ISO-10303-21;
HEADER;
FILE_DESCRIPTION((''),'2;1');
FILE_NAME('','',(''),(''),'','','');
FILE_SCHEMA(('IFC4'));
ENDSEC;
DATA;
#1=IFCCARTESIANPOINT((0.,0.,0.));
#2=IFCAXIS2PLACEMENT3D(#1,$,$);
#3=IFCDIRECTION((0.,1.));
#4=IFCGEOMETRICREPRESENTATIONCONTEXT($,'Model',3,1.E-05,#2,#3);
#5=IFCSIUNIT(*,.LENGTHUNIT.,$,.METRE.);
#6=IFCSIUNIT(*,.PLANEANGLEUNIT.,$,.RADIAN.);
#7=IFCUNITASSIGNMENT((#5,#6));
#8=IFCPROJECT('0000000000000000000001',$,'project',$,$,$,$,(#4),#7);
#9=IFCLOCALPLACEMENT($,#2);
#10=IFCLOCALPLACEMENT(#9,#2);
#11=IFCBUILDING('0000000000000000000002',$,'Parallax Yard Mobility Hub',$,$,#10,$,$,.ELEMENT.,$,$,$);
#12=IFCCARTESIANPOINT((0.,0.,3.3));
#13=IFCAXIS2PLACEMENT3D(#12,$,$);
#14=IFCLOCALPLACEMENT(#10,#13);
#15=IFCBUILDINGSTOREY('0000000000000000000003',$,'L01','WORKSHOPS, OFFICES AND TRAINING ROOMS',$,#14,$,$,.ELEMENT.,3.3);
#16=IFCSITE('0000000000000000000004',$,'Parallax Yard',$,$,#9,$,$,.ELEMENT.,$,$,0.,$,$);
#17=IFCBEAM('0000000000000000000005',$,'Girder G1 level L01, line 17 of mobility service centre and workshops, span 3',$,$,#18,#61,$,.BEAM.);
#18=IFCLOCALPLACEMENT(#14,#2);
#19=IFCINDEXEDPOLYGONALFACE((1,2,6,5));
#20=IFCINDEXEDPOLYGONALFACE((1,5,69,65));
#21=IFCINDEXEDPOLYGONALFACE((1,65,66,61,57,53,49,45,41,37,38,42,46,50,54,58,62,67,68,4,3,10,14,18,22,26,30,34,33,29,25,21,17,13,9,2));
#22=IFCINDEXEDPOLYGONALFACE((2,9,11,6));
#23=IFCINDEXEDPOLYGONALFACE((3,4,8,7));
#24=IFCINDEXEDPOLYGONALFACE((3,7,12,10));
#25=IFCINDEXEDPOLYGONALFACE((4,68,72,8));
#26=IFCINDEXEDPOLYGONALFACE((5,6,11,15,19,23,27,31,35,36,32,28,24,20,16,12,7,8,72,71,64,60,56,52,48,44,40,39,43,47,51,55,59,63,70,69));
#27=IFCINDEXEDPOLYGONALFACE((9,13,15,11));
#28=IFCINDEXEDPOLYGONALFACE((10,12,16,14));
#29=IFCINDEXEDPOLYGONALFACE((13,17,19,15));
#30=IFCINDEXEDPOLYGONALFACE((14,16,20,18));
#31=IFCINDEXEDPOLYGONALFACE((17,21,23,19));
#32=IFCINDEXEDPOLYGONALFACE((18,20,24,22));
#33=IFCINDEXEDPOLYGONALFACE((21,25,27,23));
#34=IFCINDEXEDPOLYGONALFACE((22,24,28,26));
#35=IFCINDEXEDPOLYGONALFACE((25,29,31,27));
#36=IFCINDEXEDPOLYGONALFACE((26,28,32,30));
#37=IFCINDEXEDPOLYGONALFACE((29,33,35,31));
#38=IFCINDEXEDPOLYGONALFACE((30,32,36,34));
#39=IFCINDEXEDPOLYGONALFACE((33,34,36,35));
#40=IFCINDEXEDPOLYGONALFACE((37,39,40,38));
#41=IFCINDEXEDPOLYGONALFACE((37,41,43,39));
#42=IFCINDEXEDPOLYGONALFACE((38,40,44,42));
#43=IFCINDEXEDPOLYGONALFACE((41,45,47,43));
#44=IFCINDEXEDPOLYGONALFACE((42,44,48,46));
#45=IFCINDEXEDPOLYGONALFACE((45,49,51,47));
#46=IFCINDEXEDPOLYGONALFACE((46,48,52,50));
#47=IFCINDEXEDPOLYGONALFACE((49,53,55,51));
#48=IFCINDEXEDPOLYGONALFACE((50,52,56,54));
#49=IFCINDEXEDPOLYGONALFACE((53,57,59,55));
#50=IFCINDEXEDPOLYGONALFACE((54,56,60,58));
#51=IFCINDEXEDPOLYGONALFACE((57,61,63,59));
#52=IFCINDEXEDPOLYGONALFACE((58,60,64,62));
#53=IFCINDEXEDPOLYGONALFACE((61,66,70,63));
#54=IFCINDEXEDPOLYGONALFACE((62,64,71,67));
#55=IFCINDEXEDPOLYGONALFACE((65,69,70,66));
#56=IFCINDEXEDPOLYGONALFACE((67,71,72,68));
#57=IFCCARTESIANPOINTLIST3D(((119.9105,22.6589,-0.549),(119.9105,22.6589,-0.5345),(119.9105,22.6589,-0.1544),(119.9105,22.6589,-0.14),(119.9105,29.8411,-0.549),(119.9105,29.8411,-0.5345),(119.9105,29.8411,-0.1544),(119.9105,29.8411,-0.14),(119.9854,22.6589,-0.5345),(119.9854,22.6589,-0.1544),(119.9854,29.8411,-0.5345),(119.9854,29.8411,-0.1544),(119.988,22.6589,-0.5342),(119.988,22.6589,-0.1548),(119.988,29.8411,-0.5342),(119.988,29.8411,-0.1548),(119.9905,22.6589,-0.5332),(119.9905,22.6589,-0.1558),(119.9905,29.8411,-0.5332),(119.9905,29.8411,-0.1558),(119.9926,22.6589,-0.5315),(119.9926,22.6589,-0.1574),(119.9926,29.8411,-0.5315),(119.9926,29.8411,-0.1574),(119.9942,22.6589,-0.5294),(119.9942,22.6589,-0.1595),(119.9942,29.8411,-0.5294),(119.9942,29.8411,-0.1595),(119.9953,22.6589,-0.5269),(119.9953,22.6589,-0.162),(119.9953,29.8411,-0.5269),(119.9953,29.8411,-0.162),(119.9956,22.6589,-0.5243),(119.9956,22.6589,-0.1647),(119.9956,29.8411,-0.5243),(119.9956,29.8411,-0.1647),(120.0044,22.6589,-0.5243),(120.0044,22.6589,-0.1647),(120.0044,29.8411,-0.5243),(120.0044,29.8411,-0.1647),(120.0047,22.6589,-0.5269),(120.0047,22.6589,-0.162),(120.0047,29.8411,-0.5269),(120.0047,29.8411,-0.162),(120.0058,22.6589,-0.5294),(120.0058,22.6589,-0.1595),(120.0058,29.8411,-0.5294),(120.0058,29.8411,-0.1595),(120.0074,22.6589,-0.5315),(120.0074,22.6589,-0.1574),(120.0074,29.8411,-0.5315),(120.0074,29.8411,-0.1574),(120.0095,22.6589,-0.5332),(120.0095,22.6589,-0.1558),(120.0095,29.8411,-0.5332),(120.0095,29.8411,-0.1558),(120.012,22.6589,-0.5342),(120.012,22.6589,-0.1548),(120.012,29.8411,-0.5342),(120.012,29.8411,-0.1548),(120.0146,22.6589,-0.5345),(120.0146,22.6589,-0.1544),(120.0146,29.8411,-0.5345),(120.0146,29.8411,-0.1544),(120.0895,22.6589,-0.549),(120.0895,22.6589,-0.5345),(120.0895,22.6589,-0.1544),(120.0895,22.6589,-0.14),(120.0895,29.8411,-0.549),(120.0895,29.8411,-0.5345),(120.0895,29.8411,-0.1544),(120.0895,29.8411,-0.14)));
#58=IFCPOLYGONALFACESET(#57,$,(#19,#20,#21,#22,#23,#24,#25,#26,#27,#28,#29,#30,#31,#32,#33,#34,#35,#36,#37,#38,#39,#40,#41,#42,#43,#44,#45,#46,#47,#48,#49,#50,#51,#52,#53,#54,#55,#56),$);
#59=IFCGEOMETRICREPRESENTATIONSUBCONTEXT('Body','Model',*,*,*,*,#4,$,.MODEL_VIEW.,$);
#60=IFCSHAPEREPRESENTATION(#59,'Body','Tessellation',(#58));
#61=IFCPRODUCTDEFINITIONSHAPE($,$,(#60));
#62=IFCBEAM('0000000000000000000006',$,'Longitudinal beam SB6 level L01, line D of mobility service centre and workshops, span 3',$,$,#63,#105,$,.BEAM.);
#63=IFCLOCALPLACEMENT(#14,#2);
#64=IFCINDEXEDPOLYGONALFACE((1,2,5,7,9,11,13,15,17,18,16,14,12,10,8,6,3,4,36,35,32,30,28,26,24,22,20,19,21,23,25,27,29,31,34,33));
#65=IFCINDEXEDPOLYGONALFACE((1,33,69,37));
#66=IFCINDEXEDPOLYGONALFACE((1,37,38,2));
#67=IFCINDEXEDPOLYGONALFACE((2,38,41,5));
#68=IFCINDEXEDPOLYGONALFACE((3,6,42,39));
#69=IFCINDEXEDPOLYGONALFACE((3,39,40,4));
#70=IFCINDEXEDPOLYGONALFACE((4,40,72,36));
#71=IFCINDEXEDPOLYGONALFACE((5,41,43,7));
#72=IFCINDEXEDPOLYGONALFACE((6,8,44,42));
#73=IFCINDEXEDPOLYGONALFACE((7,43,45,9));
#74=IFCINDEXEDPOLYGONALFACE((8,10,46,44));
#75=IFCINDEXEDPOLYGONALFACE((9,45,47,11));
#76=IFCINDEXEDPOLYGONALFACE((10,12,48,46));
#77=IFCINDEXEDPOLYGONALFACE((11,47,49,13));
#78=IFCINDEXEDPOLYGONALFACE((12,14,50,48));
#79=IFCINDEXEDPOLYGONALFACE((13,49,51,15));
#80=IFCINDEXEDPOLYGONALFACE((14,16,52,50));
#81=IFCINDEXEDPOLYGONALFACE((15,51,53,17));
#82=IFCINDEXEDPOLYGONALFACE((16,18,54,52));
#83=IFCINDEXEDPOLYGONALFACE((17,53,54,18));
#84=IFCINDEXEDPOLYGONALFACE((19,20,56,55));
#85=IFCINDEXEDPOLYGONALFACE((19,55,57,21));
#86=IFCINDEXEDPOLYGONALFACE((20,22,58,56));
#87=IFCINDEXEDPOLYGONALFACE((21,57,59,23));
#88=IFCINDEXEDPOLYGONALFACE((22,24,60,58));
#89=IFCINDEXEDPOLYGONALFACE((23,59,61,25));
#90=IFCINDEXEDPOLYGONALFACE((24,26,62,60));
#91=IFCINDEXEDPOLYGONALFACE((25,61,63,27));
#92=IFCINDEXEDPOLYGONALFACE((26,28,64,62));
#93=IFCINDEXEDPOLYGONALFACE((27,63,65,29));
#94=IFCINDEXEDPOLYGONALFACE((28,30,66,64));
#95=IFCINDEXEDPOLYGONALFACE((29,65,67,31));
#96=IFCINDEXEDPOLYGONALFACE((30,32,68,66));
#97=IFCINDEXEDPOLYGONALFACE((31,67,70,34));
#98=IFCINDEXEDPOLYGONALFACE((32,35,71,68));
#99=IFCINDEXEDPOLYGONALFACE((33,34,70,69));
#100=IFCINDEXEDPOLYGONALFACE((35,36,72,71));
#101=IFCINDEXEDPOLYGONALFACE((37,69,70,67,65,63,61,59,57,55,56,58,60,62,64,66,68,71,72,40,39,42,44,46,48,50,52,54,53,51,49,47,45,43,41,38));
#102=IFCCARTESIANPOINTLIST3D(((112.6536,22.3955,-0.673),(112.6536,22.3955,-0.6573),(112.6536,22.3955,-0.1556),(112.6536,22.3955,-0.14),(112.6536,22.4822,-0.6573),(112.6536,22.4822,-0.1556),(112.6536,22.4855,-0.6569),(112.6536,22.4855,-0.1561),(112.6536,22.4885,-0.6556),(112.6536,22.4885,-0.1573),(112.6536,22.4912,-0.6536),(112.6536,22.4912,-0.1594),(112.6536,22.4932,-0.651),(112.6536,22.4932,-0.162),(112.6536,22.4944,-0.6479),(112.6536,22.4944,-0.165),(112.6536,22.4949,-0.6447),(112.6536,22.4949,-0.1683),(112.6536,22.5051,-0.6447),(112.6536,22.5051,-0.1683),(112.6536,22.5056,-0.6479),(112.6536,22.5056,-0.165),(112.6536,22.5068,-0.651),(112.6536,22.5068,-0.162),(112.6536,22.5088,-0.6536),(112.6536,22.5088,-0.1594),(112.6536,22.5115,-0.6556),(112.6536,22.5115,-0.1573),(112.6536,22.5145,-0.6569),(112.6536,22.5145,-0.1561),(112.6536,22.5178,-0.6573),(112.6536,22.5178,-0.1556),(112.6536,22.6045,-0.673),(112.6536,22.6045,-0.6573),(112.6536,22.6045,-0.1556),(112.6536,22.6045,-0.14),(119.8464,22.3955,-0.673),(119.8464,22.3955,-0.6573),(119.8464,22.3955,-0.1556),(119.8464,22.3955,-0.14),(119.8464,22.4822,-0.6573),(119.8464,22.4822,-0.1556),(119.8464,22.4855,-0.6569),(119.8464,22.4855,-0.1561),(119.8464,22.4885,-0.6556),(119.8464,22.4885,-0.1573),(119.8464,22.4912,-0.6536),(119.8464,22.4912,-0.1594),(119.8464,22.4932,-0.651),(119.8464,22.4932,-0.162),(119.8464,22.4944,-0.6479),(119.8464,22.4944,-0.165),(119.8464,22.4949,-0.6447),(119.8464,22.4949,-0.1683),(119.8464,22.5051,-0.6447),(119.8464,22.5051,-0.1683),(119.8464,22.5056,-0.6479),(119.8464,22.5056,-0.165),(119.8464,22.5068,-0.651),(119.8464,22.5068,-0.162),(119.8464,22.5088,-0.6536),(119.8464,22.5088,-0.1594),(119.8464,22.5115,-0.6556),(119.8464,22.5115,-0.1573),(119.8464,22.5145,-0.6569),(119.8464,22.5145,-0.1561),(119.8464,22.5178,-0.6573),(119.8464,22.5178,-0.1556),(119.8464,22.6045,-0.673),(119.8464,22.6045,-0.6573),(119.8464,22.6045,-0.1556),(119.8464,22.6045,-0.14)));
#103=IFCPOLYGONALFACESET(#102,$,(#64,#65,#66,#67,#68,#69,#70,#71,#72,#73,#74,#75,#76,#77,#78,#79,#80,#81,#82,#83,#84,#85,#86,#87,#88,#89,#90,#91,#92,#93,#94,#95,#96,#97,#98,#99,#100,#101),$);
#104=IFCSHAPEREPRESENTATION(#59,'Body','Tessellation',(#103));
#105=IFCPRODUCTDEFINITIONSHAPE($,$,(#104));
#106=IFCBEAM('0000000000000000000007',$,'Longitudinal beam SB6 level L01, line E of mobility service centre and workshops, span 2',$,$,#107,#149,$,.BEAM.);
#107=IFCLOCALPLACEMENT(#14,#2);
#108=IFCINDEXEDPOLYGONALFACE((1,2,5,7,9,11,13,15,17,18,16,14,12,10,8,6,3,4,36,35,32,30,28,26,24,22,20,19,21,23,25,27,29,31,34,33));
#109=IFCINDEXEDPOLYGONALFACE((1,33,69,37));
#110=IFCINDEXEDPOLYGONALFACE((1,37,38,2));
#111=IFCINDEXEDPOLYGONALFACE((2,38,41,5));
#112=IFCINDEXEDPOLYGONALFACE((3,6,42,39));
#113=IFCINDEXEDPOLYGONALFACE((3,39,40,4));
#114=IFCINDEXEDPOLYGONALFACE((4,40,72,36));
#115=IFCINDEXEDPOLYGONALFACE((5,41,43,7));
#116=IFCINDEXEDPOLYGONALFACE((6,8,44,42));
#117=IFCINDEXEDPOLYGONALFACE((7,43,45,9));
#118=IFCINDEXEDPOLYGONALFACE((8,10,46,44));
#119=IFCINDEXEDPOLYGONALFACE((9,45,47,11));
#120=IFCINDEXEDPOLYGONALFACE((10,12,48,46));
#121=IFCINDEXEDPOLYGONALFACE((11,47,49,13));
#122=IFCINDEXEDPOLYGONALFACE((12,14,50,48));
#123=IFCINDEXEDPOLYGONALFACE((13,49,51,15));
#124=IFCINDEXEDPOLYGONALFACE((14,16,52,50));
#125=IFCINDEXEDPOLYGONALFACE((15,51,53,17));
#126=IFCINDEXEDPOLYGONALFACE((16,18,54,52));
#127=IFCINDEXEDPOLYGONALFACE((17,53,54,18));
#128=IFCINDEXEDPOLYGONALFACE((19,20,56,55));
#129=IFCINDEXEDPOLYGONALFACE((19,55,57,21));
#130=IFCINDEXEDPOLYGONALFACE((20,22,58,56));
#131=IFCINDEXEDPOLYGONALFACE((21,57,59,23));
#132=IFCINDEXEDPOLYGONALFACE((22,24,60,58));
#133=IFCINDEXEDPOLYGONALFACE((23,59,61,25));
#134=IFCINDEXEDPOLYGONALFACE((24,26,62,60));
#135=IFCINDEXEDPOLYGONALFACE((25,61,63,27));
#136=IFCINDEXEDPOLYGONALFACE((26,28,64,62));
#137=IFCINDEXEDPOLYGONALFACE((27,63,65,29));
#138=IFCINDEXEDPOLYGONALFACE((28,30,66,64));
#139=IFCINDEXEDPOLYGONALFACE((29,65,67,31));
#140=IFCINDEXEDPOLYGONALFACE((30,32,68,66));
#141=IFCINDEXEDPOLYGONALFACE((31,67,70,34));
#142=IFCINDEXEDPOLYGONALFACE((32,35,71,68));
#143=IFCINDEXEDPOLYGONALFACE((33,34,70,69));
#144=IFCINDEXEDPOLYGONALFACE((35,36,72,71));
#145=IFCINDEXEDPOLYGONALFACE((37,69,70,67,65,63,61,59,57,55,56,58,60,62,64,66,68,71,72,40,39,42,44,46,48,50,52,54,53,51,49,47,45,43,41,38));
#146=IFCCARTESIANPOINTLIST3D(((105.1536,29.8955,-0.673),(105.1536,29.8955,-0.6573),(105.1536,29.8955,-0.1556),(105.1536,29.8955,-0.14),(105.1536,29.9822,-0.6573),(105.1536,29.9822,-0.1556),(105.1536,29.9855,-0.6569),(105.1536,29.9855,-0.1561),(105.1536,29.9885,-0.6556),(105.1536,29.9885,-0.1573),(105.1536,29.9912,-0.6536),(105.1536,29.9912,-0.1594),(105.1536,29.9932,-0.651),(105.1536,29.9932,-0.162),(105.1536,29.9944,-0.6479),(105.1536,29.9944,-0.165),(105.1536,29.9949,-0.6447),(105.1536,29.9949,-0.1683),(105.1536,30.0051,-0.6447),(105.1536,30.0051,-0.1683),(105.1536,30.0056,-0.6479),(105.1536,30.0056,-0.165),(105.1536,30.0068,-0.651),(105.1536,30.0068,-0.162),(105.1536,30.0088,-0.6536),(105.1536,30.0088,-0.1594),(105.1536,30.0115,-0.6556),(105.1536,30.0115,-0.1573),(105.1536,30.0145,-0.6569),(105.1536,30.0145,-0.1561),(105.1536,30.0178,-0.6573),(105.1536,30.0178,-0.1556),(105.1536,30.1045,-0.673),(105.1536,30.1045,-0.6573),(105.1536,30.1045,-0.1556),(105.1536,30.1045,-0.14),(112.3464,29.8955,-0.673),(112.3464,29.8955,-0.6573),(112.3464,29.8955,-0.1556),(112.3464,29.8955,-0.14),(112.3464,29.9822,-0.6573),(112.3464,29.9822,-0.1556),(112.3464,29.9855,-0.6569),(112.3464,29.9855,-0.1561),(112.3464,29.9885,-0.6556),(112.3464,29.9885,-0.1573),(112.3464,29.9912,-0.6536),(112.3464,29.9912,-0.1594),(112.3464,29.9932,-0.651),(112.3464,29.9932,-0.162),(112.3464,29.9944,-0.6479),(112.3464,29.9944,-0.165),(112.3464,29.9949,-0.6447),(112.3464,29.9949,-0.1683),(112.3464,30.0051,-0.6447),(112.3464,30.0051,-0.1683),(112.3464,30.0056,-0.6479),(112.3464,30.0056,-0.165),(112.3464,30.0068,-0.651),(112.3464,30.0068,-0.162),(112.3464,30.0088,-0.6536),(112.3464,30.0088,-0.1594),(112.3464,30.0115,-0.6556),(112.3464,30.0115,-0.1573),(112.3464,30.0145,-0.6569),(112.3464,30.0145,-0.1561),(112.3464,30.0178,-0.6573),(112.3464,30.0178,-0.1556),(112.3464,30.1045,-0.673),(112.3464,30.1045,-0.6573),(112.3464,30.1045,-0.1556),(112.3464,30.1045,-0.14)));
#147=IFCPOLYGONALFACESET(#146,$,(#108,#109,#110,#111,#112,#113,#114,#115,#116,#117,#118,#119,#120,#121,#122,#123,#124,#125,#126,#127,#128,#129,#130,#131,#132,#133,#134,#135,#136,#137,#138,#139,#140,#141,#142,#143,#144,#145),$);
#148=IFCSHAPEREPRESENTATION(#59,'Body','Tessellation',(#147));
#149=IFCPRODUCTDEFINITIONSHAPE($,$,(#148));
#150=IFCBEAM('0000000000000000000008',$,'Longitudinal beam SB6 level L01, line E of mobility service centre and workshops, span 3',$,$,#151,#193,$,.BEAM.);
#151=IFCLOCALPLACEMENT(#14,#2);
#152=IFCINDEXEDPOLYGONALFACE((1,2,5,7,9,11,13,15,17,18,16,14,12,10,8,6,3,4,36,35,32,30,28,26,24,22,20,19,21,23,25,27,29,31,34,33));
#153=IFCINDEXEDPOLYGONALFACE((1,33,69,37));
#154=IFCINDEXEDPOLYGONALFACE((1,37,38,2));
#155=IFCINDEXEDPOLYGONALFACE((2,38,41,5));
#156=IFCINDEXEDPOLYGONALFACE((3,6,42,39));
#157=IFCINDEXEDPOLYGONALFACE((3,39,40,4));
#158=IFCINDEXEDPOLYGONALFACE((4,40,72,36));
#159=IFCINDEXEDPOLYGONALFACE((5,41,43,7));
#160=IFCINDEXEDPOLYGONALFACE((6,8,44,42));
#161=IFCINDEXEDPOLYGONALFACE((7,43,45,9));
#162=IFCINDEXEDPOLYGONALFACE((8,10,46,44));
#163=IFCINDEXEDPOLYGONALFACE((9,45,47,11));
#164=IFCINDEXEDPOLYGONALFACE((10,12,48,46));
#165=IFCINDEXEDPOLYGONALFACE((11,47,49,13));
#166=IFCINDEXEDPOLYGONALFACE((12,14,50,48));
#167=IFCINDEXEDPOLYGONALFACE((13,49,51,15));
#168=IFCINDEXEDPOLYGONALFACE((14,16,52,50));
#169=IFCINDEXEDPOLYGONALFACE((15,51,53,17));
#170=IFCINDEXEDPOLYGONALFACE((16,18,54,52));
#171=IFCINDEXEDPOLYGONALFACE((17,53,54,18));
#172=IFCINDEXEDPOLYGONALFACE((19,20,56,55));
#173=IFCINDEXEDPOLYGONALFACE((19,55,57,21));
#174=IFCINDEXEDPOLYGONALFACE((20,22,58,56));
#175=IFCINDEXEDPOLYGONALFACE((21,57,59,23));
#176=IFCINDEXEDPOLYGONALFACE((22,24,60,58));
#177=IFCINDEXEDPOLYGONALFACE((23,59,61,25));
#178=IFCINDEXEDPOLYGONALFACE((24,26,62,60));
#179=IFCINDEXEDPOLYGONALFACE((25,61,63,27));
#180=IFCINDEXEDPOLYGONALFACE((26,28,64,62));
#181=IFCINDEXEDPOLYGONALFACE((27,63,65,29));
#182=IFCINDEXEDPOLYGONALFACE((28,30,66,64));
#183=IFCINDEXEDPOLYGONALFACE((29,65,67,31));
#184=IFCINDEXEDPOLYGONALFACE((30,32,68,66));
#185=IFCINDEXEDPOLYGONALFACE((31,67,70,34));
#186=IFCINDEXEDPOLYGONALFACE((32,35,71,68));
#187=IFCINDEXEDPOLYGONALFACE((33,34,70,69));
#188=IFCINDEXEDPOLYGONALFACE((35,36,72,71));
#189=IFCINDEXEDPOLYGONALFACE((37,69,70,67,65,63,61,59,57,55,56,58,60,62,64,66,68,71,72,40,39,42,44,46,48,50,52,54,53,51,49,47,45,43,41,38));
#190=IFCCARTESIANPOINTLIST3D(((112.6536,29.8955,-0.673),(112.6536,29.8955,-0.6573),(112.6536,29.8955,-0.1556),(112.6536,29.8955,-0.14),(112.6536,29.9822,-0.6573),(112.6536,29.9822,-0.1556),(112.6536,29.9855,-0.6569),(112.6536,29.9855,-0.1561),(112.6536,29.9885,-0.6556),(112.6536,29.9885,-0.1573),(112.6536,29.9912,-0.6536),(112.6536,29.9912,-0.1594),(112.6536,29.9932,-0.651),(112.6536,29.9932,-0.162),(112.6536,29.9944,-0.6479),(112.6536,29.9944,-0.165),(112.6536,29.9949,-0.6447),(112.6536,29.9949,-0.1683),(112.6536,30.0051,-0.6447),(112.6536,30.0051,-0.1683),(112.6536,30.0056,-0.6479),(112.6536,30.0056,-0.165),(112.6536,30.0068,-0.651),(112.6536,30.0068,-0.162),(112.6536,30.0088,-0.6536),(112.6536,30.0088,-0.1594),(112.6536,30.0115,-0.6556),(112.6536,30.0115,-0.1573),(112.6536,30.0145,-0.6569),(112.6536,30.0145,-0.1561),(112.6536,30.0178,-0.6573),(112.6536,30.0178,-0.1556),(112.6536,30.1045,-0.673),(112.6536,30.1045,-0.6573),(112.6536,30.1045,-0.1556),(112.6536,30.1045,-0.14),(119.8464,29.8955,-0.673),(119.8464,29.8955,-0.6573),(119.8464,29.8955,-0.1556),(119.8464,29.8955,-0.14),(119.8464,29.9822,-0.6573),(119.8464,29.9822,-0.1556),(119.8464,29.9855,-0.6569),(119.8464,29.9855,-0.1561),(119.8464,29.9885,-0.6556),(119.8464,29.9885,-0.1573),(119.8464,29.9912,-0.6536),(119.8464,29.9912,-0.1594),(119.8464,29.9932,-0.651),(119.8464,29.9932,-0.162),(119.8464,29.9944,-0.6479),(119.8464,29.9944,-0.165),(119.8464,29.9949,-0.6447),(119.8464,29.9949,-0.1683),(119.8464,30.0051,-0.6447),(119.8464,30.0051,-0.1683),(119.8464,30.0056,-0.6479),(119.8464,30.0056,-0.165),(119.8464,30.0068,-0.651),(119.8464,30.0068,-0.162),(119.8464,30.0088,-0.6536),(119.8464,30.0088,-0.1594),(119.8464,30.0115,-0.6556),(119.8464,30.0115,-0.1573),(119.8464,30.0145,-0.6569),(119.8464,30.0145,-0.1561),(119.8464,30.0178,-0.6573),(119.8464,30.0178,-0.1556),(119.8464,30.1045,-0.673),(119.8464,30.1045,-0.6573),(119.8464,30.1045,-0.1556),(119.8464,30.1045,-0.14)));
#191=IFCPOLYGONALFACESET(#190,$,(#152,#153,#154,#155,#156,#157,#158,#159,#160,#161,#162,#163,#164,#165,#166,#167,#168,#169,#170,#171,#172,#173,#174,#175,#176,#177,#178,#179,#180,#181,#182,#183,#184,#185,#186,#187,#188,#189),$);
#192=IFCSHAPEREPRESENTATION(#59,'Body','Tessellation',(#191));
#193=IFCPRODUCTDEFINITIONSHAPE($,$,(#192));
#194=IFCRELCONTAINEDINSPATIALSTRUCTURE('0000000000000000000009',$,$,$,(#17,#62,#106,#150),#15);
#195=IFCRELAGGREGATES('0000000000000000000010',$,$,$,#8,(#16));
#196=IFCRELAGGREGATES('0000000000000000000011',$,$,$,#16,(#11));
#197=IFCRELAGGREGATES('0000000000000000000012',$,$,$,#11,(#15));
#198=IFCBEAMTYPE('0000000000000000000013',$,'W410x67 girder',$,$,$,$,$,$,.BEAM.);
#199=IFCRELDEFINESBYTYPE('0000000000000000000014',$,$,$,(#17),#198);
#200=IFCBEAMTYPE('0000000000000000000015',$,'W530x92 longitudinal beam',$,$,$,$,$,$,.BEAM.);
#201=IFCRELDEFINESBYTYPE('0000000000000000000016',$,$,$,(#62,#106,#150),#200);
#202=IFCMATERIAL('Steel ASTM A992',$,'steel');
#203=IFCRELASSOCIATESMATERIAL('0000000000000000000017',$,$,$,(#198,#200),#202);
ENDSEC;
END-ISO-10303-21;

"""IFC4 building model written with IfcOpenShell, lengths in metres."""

from ifc_helpers import new_model, si_unit, direction, frame, origin, origin_2d, place, context, subcontext, project, spatial, i_section, extrude, material, material_profile, profile_set, type_object, element, save


model = new_model("IFC4")

# Units and contexts
model_context = context("Model", 3, precision=1e-05, world=origin(), true_north=direction((0.0, 1.0)))
body_context = subcontext(model_context, "Body", "Model", "MODEL_VIEW")
ifc_project = project(units=[si_unit("LENGTHUNIT", "METRE"), si_unit("PLANEANGLEUNIT", "RADIAN")], contexts=[model_context])

# Site, building, storey
site_placement = place(None, origin())
site = spatial("IfcSite", under=ifc_project, at=site_placement, Name="Parallax Yard", CompositionType="ELEMENT", RefElevation=0.0)
building_placement = place(site_placement, origin())
building = spatial("IfcBuilding", under=site, at=building_placement, Name="Parallax Yard Mobility Hub", CompositionType="ELEMENT")
storey_placement = place(building_placement, frame((0.0, 0.0, 3.3)))
storey = spatial("IfcBuildingStorey", under=building, at=storey_placement, Name="L01", Description="WORKSHOPS, OFFICES AND TRAINING ROOMS", CompositionType="ELEMENT", Elevation=3.3)

# Shared definitions
ifc_material_1 = material(Name="Steel ASTM A992", Category="steel")

# Beams
ifc_material_profile_1 = material_profile(ifc_material_1, i_section(OverallWidth=0.179, OverallDepth=0.4089, WebThickness=0.0088, FlangeThickness=0.0144, FilletRadius=0.0103, at=origin_2d()), Name="W410x67")
ifc_profile_set_1 = profile_set([ifc_material_profile_1], Name="Steel ASTM A992")
beam_type_1 = type_object("IfcBeamType", Name="W410x67 girder", PredefinedType="BEAM", material=ifc_profile_set_1)
beam_1_placement = place(storey_placement, frame((120.0, 22.6589, -0.3445), z_axis=(0.0, 1.0, 0.0), x_axis=(-1.0, 0.0, 0.0)))
element("IfcBeam", 1, at=beam_1_placement, inside=storey, type_object=beam_type_1, Name="Girder G1 level L01, line 17 of mobility service centre and workshops, span 3", PredefinedType="BEAM", context=body_context, shape_type="SweptSolid", body=[
    extrude(i_section(OverallWidth=0.179, OverallDepth=0.4089, WebThickness=0.0088, FlangeThickness=0.0144, FilletRadius=0.0103, at=origin_2d()), origin(), (0.0, 0.0, 1.0), 7.1821),
])
ifc_material_profile_2 = material_profile(ifc_material_1, i_section(OverallWidth=0.209, OverallDepth=0.533, WebThickness=0.0103, FlangeThickness=0.0156, FilletRadius=0.0127, at=origin_2d()), Name="W530x92")
ifc_profile_set_2 = profile_set([ifc_material_profile_2], Name="Steel ASTM A992")
beam_type_2 = type_object("IfcBeamType", Name="W530x92 longitudinal beam", PredefinedType="BEAM", material=ifc_profile_set_2)
for number, where, z_axis, x_axis, name in (
    (2, (112.6536, 22.5, -0.4065), (1.0, 0.0, 0.0), (0.0, 1.0, 0.0), "Longitudinal beam SB6 level L01, line D of mobility service centre and workshops, span 3"),
    (3, (105.1536, 30.0, -0.4065), (1.0, 0.0, 0.0), (0.0, 1.0, 0.0), "Longitudinal beam SB6 level L01, line E of mobility service centre and workshops, span 2"),
    (4, (112.6536, 30.0, -0.4065), (1.0, 0.0, 0.0), (0.0, 1.0, 0.0), "Longitudinal beam SB6 level L01, line E of mobility service centre and workshops, span 3"),
):
    element("IfcBeam", number, at=place(storey_placement, frame(where, z_axis=z_axis, x_axis=x_axis)), inside=storey, type_object=beam_type_2, Name=name, PredefinedType="BEAM", context=body_context, shape_type="SweptSolid", body=[
        extrude(i_section(OverallWidth=0.209, OverallDepth=0.533, WebThickness=0.0103, FlangeThickness=0.0156, FilletRadius=0.0127, at=origin_2d()), origin(), (0.0, 0.0, 1.0), 7.1929),
    ])

save(model, "model.ifc")
